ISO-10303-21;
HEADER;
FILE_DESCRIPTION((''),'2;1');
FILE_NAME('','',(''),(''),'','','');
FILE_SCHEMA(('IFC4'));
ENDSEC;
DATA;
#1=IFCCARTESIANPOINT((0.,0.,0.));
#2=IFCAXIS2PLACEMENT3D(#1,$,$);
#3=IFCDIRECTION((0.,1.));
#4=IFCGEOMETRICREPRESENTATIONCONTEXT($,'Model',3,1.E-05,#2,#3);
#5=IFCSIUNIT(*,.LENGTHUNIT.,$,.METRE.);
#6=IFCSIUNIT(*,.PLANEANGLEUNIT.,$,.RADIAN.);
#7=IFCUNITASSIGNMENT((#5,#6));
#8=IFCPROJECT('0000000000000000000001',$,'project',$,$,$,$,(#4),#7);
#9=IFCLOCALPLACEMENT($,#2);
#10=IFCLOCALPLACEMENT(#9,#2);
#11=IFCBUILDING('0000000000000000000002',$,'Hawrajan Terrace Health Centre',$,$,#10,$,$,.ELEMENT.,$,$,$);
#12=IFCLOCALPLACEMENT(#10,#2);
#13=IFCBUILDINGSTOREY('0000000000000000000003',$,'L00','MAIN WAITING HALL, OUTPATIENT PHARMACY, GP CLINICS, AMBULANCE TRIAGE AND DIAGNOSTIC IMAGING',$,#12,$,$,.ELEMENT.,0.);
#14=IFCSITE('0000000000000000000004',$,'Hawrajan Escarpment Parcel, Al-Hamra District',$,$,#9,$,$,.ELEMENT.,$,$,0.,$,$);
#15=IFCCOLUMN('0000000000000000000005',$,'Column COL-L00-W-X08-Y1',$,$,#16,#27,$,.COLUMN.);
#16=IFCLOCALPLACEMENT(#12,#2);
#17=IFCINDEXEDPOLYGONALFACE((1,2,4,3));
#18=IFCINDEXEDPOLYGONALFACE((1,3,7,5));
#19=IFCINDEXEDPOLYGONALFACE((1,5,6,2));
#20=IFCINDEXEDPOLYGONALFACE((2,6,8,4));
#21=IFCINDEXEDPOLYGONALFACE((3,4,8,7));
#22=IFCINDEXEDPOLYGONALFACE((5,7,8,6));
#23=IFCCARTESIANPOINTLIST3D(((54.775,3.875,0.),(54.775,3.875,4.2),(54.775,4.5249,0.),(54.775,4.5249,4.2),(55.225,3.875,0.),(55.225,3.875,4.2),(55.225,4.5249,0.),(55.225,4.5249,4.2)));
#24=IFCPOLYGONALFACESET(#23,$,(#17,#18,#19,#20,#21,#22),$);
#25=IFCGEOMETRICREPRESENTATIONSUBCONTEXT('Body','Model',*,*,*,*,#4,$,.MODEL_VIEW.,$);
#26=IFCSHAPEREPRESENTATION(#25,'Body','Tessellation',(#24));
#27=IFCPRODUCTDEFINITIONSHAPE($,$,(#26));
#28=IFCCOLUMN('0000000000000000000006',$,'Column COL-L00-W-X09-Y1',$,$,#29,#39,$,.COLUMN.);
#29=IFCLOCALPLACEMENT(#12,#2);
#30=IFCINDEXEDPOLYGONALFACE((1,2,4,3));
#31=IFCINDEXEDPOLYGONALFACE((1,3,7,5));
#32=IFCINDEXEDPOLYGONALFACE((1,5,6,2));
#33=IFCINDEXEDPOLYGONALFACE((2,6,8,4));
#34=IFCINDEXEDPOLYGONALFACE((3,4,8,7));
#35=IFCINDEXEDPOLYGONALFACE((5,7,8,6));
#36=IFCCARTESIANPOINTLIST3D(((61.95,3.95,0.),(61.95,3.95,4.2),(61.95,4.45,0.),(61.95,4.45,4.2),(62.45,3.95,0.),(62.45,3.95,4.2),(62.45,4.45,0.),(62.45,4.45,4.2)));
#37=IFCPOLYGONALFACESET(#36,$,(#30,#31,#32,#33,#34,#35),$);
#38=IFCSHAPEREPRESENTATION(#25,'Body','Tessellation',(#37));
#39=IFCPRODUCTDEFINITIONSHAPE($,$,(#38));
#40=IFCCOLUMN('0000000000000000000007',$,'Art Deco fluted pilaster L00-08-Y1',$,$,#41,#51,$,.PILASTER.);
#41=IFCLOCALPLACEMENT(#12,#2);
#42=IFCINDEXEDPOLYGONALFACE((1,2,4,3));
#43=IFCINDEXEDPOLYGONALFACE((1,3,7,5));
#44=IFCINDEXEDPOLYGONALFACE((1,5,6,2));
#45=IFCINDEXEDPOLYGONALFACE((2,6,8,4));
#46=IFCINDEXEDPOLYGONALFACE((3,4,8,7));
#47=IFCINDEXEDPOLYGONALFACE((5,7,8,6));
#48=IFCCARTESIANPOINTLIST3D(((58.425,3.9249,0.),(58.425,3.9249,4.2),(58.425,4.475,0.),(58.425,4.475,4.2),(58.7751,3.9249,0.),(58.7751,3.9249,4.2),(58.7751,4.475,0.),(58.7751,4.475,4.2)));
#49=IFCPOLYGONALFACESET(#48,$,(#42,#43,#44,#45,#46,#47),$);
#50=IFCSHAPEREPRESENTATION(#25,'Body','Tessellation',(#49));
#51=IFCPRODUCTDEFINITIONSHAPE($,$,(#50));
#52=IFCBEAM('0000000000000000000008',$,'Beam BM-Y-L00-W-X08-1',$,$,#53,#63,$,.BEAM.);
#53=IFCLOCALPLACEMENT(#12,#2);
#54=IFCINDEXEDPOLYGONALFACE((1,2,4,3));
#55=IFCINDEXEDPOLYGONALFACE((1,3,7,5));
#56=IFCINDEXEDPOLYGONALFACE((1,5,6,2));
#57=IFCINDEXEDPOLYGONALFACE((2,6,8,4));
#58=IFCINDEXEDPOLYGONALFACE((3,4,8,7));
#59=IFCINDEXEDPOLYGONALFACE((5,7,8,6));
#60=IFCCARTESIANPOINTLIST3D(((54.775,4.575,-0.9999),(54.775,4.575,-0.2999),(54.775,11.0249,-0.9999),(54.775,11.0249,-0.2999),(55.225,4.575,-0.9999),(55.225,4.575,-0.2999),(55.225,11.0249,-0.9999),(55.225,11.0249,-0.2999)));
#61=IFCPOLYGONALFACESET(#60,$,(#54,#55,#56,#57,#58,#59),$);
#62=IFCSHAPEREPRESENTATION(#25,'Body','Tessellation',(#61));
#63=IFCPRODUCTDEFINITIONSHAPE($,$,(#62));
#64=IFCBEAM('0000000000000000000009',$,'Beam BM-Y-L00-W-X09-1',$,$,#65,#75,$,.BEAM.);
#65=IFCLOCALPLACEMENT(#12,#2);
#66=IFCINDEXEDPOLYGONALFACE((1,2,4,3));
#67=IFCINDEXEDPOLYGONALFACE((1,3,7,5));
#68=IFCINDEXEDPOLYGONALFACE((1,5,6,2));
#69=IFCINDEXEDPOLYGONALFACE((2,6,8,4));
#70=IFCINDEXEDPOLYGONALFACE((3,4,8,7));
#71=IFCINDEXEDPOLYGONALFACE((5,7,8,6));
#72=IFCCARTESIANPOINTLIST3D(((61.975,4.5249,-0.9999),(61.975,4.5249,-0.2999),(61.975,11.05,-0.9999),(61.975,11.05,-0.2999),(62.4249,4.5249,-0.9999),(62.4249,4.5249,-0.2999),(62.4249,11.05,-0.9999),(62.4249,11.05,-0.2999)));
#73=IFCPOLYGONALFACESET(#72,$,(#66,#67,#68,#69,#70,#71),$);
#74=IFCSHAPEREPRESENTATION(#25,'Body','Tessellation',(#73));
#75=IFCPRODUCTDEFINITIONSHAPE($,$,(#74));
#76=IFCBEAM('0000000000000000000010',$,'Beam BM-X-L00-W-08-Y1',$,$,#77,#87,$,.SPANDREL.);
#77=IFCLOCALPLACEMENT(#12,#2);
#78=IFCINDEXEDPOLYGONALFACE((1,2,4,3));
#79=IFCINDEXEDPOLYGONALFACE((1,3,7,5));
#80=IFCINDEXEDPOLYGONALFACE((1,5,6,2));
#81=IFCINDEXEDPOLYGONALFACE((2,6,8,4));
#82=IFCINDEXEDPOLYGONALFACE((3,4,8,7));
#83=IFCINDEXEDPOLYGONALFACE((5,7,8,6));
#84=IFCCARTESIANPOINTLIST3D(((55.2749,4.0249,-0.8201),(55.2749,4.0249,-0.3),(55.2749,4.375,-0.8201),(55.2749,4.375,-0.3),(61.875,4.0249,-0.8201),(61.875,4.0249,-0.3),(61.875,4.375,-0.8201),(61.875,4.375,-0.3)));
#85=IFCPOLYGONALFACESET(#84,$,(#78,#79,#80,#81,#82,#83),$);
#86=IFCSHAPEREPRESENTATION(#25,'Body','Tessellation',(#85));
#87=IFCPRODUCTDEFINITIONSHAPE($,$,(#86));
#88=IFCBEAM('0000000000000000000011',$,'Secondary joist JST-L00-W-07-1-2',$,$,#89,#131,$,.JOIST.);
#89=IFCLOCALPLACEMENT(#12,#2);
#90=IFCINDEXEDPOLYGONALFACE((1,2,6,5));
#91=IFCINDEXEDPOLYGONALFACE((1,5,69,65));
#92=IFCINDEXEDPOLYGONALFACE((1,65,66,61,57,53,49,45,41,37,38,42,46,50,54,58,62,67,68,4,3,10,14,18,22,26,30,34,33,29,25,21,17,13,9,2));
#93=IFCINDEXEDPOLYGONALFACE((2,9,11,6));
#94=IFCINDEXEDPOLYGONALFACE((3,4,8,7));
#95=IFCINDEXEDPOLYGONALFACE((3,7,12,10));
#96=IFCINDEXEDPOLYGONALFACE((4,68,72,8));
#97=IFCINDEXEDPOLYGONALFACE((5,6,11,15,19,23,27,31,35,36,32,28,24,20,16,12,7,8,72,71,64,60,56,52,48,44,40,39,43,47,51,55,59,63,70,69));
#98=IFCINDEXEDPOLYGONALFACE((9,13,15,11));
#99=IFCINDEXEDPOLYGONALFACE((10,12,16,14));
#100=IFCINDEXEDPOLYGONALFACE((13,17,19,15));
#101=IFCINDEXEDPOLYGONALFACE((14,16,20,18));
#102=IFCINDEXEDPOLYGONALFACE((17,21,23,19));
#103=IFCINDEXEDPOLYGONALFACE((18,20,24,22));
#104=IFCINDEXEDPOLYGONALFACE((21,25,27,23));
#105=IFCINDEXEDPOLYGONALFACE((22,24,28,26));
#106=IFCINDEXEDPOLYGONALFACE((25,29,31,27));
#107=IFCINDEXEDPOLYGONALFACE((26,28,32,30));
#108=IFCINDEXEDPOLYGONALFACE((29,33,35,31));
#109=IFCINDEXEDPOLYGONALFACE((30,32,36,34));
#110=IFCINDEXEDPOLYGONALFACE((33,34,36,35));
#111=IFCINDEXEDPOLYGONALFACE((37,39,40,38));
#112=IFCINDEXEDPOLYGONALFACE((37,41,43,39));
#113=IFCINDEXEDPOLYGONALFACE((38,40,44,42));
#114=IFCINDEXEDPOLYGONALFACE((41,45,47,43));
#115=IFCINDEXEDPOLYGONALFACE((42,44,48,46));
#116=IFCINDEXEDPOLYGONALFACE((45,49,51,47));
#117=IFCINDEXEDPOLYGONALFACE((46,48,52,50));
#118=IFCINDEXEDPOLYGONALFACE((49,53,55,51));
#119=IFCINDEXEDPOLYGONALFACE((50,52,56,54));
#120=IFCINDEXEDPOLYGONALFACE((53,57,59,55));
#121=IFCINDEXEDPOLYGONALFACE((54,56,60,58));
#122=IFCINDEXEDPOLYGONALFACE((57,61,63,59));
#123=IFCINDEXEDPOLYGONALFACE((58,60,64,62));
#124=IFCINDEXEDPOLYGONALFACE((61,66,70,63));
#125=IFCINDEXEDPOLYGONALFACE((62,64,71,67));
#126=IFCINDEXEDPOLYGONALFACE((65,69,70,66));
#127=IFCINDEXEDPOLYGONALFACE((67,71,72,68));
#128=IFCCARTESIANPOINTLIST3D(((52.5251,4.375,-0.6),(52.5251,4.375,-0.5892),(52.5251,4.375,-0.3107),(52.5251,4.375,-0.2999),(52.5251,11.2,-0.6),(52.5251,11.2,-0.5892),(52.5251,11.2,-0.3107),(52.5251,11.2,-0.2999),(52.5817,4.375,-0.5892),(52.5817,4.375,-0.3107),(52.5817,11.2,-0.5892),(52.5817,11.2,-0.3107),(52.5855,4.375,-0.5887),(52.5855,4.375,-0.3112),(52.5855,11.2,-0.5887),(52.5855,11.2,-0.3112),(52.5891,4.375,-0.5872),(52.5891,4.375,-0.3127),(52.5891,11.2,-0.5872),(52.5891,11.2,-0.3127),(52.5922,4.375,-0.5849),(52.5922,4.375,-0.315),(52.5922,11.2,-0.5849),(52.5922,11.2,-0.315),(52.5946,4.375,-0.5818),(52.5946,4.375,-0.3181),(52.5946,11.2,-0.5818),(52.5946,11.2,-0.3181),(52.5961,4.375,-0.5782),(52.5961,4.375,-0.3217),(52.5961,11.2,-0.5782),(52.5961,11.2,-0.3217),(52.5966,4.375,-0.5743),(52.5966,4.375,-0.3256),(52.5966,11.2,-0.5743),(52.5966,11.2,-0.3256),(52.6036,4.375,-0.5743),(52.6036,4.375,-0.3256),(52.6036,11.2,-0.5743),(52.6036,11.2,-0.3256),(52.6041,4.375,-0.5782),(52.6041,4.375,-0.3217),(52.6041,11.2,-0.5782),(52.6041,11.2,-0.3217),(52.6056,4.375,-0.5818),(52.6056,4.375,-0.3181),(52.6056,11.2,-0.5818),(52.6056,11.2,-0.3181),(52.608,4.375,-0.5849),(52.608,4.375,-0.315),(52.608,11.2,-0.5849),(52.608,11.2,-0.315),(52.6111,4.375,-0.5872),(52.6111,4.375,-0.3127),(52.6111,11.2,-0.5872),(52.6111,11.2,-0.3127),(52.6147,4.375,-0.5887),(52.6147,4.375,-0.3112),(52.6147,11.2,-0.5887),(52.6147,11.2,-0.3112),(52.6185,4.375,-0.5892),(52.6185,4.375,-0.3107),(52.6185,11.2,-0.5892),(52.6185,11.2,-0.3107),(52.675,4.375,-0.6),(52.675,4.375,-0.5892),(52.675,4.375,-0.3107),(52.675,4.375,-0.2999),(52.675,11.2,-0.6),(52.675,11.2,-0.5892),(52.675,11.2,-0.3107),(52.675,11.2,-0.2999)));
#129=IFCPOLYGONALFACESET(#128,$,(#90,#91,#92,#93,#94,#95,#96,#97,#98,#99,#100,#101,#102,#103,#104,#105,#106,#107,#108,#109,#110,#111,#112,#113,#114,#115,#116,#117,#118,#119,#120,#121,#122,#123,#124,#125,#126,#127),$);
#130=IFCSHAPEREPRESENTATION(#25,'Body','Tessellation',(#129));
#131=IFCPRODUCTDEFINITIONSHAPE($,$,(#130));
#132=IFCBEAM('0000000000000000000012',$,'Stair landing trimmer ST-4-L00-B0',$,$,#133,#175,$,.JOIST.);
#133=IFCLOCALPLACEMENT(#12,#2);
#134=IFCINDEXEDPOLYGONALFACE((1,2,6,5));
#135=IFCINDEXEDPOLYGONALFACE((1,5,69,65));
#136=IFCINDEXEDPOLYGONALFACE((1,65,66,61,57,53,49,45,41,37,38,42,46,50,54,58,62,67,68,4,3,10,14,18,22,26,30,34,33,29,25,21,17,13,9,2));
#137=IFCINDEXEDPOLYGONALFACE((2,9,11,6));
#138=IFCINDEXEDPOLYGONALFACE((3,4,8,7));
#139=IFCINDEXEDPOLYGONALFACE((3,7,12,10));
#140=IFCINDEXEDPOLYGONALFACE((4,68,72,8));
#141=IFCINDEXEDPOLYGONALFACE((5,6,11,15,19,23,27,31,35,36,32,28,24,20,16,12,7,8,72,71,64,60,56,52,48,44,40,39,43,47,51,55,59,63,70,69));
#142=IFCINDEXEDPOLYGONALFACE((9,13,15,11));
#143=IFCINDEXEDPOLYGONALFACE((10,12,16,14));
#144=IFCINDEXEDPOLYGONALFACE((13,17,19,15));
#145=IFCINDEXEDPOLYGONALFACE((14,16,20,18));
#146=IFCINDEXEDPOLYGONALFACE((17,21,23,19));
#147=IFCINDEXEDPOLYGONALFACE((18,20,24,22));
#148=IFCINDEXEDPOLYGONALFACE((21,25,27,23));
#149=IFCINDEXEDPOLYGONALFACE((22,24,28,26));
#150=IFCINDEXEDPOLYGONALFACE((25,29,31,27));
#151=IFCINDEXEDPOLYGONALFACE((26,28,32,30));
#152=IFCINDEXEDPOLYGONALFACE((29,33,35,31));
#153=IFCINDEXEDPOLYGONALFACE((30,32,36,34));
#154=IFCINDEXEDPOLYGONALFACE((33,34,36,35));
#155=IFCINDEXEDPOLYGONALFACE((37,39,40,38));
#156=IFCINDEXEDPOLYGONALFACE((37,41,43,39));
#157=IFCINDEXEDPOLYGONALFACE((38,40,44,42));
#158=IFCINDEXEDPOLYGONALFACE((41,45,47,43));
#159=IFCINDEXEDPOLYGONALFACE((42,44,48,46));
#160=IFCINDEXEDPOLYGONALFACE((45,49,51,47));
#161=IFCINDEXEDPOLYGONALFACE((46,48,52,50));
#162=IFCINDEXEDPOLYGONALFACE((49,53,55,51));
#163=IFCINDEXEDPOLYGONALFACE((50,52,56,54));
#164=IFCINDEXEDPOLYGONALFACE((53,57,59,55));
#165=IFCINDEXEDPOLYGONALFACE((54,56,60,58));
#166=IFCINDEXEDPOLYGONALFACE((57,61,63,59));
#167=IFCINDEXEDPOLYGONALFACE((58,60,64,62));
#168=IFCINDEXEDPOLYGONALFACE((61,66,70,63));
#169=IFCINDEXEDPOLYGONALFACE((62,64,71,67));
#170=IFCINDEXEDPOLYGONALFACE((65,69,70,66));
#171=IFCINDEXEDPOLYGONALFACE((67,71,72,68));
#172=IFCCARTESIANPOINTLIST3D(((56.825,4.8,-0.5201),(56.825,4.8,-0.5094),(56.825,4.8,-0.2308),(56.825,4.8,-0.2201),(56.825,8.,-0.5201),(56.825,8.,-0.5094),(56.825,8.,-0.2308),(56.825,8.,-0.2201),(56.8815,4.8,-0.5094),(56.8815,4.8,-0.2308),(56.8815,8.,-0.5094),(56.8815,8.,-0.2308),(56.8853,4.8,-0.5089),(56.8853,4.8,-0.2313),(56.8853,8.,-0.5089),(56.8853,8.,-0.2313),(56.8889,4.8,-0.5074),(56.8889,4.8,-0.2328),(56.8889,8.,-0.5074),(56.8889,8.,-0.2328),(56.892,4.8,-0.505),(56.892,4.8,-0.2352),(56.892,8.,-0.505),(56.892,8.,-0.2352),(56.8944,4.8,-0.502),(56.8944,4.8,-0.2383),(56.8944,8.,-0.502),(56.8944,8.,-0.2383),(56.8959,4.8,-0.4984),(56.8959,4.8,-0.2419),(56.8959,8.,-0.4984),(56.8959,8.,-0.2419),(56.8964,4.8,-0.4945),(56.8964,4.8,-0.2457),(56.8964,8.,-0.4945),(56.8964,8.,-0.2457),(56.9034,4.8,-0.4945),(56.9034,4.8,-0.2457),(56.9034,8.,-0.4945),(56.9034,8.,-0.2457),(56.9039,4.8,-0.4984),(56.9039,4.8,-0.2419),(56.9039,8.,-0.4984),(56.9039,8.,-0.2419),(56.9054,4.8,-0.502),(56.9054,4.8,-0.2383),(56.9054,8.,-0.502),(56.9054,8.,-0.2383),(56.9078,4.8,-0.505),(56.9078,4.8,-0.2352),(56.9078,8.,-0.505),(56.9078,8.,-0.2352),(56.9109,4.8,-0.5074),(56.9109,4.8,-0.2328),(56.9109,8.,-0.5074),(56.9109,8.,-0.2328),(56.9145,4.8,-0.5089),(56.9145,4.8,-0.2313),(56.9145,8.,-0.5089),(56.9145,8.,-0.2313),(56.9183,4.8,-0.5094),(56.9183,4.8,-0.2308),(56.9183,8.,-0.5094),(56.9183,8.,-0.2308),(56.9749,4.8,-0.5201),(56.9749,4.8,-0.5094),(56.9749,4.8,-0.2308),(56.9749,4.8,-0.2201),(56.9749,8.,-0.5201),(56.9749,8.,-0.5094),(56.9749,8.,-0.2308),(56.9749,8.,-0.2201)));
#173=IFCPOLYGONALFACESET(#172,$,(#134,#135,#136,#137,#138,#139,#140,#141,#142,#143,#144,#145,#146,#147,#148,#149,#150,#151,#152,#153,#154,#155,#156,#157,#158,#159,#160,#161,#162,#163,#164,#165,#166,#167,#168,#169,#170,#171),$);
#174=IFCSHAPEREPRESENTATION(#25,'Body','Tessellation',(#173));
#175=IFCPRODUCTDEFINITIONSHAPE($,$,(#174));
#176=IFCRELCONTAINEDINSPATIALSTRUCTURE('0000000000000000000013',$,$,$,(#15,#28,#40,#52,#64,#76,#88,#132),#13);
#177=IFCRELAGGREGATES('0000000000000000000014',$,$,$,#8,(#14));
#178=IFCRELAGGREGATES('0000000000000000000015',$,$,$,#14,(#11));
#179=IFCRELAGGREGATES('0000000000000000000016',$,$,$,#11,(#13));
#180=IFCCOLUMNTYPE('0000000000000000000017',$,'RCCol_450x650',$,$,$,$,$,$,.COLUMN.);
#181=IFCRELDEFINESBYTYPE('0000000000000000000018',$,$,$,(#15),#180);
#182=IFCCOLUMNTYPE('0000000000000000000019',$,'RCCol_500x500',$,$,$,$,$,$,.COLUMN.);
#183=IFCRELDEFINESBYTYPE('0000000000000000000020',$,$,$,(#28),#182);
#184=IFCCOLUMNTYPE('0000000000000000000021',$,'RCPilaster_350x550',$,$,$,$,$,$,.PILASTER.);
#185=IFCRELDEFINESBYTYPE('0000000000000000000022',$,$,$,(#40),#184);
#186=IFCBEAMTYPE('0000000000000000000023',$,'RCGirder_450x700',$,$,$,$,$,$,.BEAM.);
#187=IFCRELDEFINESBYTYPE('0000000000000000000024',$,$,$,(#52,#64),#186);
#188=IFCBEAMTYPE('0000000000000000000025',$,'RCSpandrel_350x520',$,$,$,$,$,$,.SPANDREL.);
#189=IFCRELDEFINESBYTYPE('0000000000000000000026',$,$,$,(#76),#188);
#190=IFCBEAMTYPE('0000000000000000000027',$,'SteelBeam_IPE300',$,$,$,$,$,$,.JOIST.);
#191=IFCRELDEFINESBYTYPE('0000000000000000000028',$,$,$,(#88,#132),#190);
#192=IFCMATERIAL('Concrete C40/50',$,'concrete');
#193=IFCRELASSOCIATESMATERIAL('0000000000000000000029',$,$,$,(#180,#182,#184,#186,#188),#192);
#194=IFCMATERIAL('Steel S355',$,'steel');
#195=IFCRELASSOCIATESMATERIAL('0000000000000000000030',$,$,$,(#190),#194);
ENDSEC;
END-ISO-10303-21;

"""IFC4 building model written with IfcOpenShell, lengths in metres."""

from ifc_helpers import new_model, si_unit, direction, frame, origin, origin_2d, place, context, subcontext, project, spatial, rectangle, i_section, extrude, material, material_profile, profile_set, type_object, element, save


model = new_model("IFC4")

# Units and contexts
model_context = context("Model", 3, precision=1e-05, world=origin(), true_north=direction((0.0, 1.0)))
body_context = subcontext(model_context, "Body", "Model", "MODEL_VIEW")
ifc_project = project(units=[si_unit("LENGTHUNIT", "METRE"), si_unit("PLANEANGLEUNIT", "RADIAN")], contexts=[model_context])

# Site, building, storey
site_placement = place(None, origin())
site = spatial("IfcSite", under=ifc_project, at=site_placement, Name="Hawrajan Escarpment Parcel, Al-Hamra District", CompositionType="ELEMENT", RefElevation=0.0)
building_placement = place(site_placement, origin())
building = spatial("IfcBuilding", under=site, at=building_placement, Name="Hawrajan Terrace Health Centre", CompositionType="ELEMENT")
storey_placement = place(building_placement, origin())
storey = spatial("IfcBuildingStorey", under=building, at=storey_placement, Name="L00", Description="MAIN WAITING HALL, OUTPATIENT PHARMACY, GP CLINICS, AMBULANCE TRIAGE AND DIAGNOSTIC IMAGING", CompositionType="ELEMENT", Elevation=0.0)

# Columns
ifc_material_1 = material(Name="Concrete C40/50", Category="concrete")
ifc_material_profile_1 = material_profile(ifc_material_1, rectangle(XDim=0.45, YDim=0.6499, at=origin_2d()), Name="RC 450x650")
ifc_profile_set_1 = profile_set([ifc_material_profile_1], Name="Concrete C40/50")
column_type_1 = type_object("IfcColumnType", Name="RCCol_450x650", PredefinedType="COLUMN", material=ifc_profile_set_1)
column_1_placement = place(storey_placement, frame((55.0, 4.2, 0.0), z_axis=(0.0, 0.0, 1.0), x_axis=(1.0, 0.0, 0.0)))
element("IfcColumn", 1, at=column_1_placement, inside=storey, type_object=column_type_1, Name="Column COL-L00-W-X08-Y1", PredefinedType="COLUMN", context=body_context, shape_type="SweptSolid", body=[
    extrude(rectangle(XDim=0.45, YDim=0.6499, at=origin_2d()), origin(), (0.0, 0.0, 1.0), 4.2),
])
ifc_material_profile_2 = material_profile(ifc_material_1, rectangle(XDim=0.5, YDim=0.5, at=origin_2d()), Name="RC 500x500")
ifc_profile_set_2 = profile_set([ifc_material_profile_2], Name="Concrete C40/50")
column_type_2 = type_object("IfcColumnType", Name="RCCol_500x500", PredefinedType="COLUMN", material=ifc_profile_set_2)
column_2_placement = place(storey_placement, frame((62.2, 4.2, 0.0), z_axis=(0.0, 0.0, 1.0), x_axis=(1.0, 0.0, 0.0)))
element("IfcColumn", 2, at=column_2_placement, inside=storey, type_object=column_type_2, Name="Column COL-L00-W-X09-Y1", PredefinedType="COLUMN", context=body_context, shape_type="SweptSolid", body=[
    extrude(rectangle(XDim=0.5, YDim=0.5, at=origin_2d()), origin(), (0.0, 0.0, 1.0), 4.2),
])
ifc_material_profile_3 = material_profile(ifc_material_1, rectangle(XDim=0.3501, YDim=0.55, at=origin_2d()), Name="RC PIL 350x550")
ifc_profile_set_3 = profile_set([ifc_material_profile_3], Name="Concrete C40/50")
column_type_3 = type_object("IfcColumnType", Name="RCPilaster_350x550", PredefinedType="PILASTER", material=ifc_profile_set_3)
column_3_placement = place(storey_placement, frame((58.6001, 4.2, 0.0), z_axis=(0.0, 0.0, 1.0), x_axis=(1.0, 0.0, 0.0)))
element("IfcColumn", 3, at=column_3_placement, inside=storey, type_object=column_type_3, Name="Art Deco fluted pilaster L00-08-Y1", PredefinedType="PILASTER", context=body_context, shape_type="SweptSolid", body=[
    extrude(rectangle(XDim=0.3501, YDim=0.55, at=origin_2d()), origin(), (0.0, 0.0, 1.0), 4.2),
])

# Beams
ifc_material_profile_4 = material_profile(ifc_material_1, rectangle(XDim=0.45, YDim=0.7, at=origin_2d()), Name="RC BM 450x700")
ifc_profile_set_4 = profile_set([ifc_material_profile_4], Name="Concrete C40/50")
beam_type_1 = type_object("IfcBeamType", Name="RCGirder_450x700", PredefinedType="BEAM", material=ifc_profile_set_4)
beam_1_placement = place(storey_placement, frame((55.0, 4.575, -0.6499), z_axis=(0.0, 1.0, 0.0), x_axis=(-1.0, 0.0, 0.0)))
element("IfcBeam", 4, at=beam_1_placement, inside=storey, type_object=beam_type_1, Name="Beam BM-Y-L00-W-X08-1", PredefinedType="BEAM", context=body_context, shape_type="SweptSolid", body=[
    extrude(rectangle(XDim=0.45, YDim=0.7, at=origin_2d()), origin(), (0.0, 0.0, 1.0), 6.45),
])
beam_2_placement = place(storey_placement, frame((62.2, 4.5249, -0.6499), z_axis=(0.0, 1.0, 0.0), x_axis=(-1.0, 0.0, 0.0)))
element("IfcBeam", 5, at=beam_2_placement, inside=storey, type_object=beam_type_1, Name="Beam BM-Y-L00-W-X09-1", PredefinedType="BEAM", context=body_context, shape_type="SweptSolid", body=[
    extrude(rectangle(XDim=0.45, YDim=0.7, at=origin_2d()), origin(), (0.0, 0.0, 1.0), 6.5251),
])
ifc_material_profile_5 = material_profile(ifc_material_1, rectangle(XDim=0.3501, YDim=0.52, at=origin_2d()), Name="RC SP 350x520")
ifc_profile_set_5 = profile_set([ifc_material_profile_5], Name="Concrete C40/50")
beam_type_2 = type_object("IfcBeamType", Name="RCSpandrel_350x520", PredefinedType="SPANDREL", material=ifc_profile_set_5)
beam_3_placement = place(storey_placement, frame((55.2749, 4.2, -0.5601), z_axis=(1.0, 0.0, 0.0), x_axis=(0.0, 1.0, 0.0)))
element("IfcBeam", 6, at=beam_3_placement, inside=storey, type_object=beam_type_2, Name="Beam BM-X-L00-W-08-Y1", PredefinedType="SPANDREL", context=body_context, shape_type="SweptSolid", body=[
    extrude(rectangle(XDim=0.3501, YDim=0.52, at=origin_2d()), origin(), (0.0, 0.0, 1.0), 6.6001),
])
ifc_material_2 = material(Name="Steel S355", Category="steel")
ifc_material_profile_6 = material_profile(ifc_material_2, i_section(OverallWidth=0.1499, OverallDepth=0.3, WebThickness=0.0071, FlangeThickness=0.0107, FilletRadius=0.0149, at=origin_2d()), Name="IPE 300")
ifc_profile_set_6 = profile_set([ifc_material_profile_6], Name="Steel S355")
beam_type_3 = type_object("IfcBeamType", Name="SteelBeam_IPE300", PredefinedType="JOIST", material=ifc_profile_set_6)
beam_4_placement = place(storey_placement, frame((52.6001, 4.375, -0.45), z_axis=(0.0, 1.0, 0.0), x_axis=(-1.0, 0.0, 0.0)))
element("IfcBeam", 7, at=beam_4_placement, inside=storey, type_object=beam_type_3, Name="Secondary joist JST-L00-W-07-1-2", PredefinedType="JOIST", context=body_context, shape_type="SweptSolid", body=[
    extrude(i_section(OverallWidth=0.1499, OverallDepth=0.3, WebThickness=0.0071, FlangeThickness=0.0107, FilletRadius=0.0149, at=origin_2d()), origin(), (0.0, 0.0, 1.0), 6.825),
])
for number, where, z_axis, x_axis, name in (
    (8, (56.8999, 4.8, -0.3701), (0.0, 1.0, 0.0), (-1.0, 0.0, 0.0), "Stair landing trimmer ST-4-L00-B0"),
):
    element("IfcBeam", number, at=place(storey_placement, frame(where, z_axis=z_axis, x_axis=x_axis)), inside=storey, type_object=beam_type_3, Name=name, PredefinedType="JOIST", context=body_context, shape_type="SweptSolid", body=[
        extrude(i_section(OverallWidth=0.1499, OverallDepth=0.3, WebThickness=0.0071, FlangeThickness=0.0107, FilletRadius=0.0149, at=origin_2d()), origin(), (0.0, 0.0, 1.0), 3.2),
    ])

save(model, "model.ifc")
